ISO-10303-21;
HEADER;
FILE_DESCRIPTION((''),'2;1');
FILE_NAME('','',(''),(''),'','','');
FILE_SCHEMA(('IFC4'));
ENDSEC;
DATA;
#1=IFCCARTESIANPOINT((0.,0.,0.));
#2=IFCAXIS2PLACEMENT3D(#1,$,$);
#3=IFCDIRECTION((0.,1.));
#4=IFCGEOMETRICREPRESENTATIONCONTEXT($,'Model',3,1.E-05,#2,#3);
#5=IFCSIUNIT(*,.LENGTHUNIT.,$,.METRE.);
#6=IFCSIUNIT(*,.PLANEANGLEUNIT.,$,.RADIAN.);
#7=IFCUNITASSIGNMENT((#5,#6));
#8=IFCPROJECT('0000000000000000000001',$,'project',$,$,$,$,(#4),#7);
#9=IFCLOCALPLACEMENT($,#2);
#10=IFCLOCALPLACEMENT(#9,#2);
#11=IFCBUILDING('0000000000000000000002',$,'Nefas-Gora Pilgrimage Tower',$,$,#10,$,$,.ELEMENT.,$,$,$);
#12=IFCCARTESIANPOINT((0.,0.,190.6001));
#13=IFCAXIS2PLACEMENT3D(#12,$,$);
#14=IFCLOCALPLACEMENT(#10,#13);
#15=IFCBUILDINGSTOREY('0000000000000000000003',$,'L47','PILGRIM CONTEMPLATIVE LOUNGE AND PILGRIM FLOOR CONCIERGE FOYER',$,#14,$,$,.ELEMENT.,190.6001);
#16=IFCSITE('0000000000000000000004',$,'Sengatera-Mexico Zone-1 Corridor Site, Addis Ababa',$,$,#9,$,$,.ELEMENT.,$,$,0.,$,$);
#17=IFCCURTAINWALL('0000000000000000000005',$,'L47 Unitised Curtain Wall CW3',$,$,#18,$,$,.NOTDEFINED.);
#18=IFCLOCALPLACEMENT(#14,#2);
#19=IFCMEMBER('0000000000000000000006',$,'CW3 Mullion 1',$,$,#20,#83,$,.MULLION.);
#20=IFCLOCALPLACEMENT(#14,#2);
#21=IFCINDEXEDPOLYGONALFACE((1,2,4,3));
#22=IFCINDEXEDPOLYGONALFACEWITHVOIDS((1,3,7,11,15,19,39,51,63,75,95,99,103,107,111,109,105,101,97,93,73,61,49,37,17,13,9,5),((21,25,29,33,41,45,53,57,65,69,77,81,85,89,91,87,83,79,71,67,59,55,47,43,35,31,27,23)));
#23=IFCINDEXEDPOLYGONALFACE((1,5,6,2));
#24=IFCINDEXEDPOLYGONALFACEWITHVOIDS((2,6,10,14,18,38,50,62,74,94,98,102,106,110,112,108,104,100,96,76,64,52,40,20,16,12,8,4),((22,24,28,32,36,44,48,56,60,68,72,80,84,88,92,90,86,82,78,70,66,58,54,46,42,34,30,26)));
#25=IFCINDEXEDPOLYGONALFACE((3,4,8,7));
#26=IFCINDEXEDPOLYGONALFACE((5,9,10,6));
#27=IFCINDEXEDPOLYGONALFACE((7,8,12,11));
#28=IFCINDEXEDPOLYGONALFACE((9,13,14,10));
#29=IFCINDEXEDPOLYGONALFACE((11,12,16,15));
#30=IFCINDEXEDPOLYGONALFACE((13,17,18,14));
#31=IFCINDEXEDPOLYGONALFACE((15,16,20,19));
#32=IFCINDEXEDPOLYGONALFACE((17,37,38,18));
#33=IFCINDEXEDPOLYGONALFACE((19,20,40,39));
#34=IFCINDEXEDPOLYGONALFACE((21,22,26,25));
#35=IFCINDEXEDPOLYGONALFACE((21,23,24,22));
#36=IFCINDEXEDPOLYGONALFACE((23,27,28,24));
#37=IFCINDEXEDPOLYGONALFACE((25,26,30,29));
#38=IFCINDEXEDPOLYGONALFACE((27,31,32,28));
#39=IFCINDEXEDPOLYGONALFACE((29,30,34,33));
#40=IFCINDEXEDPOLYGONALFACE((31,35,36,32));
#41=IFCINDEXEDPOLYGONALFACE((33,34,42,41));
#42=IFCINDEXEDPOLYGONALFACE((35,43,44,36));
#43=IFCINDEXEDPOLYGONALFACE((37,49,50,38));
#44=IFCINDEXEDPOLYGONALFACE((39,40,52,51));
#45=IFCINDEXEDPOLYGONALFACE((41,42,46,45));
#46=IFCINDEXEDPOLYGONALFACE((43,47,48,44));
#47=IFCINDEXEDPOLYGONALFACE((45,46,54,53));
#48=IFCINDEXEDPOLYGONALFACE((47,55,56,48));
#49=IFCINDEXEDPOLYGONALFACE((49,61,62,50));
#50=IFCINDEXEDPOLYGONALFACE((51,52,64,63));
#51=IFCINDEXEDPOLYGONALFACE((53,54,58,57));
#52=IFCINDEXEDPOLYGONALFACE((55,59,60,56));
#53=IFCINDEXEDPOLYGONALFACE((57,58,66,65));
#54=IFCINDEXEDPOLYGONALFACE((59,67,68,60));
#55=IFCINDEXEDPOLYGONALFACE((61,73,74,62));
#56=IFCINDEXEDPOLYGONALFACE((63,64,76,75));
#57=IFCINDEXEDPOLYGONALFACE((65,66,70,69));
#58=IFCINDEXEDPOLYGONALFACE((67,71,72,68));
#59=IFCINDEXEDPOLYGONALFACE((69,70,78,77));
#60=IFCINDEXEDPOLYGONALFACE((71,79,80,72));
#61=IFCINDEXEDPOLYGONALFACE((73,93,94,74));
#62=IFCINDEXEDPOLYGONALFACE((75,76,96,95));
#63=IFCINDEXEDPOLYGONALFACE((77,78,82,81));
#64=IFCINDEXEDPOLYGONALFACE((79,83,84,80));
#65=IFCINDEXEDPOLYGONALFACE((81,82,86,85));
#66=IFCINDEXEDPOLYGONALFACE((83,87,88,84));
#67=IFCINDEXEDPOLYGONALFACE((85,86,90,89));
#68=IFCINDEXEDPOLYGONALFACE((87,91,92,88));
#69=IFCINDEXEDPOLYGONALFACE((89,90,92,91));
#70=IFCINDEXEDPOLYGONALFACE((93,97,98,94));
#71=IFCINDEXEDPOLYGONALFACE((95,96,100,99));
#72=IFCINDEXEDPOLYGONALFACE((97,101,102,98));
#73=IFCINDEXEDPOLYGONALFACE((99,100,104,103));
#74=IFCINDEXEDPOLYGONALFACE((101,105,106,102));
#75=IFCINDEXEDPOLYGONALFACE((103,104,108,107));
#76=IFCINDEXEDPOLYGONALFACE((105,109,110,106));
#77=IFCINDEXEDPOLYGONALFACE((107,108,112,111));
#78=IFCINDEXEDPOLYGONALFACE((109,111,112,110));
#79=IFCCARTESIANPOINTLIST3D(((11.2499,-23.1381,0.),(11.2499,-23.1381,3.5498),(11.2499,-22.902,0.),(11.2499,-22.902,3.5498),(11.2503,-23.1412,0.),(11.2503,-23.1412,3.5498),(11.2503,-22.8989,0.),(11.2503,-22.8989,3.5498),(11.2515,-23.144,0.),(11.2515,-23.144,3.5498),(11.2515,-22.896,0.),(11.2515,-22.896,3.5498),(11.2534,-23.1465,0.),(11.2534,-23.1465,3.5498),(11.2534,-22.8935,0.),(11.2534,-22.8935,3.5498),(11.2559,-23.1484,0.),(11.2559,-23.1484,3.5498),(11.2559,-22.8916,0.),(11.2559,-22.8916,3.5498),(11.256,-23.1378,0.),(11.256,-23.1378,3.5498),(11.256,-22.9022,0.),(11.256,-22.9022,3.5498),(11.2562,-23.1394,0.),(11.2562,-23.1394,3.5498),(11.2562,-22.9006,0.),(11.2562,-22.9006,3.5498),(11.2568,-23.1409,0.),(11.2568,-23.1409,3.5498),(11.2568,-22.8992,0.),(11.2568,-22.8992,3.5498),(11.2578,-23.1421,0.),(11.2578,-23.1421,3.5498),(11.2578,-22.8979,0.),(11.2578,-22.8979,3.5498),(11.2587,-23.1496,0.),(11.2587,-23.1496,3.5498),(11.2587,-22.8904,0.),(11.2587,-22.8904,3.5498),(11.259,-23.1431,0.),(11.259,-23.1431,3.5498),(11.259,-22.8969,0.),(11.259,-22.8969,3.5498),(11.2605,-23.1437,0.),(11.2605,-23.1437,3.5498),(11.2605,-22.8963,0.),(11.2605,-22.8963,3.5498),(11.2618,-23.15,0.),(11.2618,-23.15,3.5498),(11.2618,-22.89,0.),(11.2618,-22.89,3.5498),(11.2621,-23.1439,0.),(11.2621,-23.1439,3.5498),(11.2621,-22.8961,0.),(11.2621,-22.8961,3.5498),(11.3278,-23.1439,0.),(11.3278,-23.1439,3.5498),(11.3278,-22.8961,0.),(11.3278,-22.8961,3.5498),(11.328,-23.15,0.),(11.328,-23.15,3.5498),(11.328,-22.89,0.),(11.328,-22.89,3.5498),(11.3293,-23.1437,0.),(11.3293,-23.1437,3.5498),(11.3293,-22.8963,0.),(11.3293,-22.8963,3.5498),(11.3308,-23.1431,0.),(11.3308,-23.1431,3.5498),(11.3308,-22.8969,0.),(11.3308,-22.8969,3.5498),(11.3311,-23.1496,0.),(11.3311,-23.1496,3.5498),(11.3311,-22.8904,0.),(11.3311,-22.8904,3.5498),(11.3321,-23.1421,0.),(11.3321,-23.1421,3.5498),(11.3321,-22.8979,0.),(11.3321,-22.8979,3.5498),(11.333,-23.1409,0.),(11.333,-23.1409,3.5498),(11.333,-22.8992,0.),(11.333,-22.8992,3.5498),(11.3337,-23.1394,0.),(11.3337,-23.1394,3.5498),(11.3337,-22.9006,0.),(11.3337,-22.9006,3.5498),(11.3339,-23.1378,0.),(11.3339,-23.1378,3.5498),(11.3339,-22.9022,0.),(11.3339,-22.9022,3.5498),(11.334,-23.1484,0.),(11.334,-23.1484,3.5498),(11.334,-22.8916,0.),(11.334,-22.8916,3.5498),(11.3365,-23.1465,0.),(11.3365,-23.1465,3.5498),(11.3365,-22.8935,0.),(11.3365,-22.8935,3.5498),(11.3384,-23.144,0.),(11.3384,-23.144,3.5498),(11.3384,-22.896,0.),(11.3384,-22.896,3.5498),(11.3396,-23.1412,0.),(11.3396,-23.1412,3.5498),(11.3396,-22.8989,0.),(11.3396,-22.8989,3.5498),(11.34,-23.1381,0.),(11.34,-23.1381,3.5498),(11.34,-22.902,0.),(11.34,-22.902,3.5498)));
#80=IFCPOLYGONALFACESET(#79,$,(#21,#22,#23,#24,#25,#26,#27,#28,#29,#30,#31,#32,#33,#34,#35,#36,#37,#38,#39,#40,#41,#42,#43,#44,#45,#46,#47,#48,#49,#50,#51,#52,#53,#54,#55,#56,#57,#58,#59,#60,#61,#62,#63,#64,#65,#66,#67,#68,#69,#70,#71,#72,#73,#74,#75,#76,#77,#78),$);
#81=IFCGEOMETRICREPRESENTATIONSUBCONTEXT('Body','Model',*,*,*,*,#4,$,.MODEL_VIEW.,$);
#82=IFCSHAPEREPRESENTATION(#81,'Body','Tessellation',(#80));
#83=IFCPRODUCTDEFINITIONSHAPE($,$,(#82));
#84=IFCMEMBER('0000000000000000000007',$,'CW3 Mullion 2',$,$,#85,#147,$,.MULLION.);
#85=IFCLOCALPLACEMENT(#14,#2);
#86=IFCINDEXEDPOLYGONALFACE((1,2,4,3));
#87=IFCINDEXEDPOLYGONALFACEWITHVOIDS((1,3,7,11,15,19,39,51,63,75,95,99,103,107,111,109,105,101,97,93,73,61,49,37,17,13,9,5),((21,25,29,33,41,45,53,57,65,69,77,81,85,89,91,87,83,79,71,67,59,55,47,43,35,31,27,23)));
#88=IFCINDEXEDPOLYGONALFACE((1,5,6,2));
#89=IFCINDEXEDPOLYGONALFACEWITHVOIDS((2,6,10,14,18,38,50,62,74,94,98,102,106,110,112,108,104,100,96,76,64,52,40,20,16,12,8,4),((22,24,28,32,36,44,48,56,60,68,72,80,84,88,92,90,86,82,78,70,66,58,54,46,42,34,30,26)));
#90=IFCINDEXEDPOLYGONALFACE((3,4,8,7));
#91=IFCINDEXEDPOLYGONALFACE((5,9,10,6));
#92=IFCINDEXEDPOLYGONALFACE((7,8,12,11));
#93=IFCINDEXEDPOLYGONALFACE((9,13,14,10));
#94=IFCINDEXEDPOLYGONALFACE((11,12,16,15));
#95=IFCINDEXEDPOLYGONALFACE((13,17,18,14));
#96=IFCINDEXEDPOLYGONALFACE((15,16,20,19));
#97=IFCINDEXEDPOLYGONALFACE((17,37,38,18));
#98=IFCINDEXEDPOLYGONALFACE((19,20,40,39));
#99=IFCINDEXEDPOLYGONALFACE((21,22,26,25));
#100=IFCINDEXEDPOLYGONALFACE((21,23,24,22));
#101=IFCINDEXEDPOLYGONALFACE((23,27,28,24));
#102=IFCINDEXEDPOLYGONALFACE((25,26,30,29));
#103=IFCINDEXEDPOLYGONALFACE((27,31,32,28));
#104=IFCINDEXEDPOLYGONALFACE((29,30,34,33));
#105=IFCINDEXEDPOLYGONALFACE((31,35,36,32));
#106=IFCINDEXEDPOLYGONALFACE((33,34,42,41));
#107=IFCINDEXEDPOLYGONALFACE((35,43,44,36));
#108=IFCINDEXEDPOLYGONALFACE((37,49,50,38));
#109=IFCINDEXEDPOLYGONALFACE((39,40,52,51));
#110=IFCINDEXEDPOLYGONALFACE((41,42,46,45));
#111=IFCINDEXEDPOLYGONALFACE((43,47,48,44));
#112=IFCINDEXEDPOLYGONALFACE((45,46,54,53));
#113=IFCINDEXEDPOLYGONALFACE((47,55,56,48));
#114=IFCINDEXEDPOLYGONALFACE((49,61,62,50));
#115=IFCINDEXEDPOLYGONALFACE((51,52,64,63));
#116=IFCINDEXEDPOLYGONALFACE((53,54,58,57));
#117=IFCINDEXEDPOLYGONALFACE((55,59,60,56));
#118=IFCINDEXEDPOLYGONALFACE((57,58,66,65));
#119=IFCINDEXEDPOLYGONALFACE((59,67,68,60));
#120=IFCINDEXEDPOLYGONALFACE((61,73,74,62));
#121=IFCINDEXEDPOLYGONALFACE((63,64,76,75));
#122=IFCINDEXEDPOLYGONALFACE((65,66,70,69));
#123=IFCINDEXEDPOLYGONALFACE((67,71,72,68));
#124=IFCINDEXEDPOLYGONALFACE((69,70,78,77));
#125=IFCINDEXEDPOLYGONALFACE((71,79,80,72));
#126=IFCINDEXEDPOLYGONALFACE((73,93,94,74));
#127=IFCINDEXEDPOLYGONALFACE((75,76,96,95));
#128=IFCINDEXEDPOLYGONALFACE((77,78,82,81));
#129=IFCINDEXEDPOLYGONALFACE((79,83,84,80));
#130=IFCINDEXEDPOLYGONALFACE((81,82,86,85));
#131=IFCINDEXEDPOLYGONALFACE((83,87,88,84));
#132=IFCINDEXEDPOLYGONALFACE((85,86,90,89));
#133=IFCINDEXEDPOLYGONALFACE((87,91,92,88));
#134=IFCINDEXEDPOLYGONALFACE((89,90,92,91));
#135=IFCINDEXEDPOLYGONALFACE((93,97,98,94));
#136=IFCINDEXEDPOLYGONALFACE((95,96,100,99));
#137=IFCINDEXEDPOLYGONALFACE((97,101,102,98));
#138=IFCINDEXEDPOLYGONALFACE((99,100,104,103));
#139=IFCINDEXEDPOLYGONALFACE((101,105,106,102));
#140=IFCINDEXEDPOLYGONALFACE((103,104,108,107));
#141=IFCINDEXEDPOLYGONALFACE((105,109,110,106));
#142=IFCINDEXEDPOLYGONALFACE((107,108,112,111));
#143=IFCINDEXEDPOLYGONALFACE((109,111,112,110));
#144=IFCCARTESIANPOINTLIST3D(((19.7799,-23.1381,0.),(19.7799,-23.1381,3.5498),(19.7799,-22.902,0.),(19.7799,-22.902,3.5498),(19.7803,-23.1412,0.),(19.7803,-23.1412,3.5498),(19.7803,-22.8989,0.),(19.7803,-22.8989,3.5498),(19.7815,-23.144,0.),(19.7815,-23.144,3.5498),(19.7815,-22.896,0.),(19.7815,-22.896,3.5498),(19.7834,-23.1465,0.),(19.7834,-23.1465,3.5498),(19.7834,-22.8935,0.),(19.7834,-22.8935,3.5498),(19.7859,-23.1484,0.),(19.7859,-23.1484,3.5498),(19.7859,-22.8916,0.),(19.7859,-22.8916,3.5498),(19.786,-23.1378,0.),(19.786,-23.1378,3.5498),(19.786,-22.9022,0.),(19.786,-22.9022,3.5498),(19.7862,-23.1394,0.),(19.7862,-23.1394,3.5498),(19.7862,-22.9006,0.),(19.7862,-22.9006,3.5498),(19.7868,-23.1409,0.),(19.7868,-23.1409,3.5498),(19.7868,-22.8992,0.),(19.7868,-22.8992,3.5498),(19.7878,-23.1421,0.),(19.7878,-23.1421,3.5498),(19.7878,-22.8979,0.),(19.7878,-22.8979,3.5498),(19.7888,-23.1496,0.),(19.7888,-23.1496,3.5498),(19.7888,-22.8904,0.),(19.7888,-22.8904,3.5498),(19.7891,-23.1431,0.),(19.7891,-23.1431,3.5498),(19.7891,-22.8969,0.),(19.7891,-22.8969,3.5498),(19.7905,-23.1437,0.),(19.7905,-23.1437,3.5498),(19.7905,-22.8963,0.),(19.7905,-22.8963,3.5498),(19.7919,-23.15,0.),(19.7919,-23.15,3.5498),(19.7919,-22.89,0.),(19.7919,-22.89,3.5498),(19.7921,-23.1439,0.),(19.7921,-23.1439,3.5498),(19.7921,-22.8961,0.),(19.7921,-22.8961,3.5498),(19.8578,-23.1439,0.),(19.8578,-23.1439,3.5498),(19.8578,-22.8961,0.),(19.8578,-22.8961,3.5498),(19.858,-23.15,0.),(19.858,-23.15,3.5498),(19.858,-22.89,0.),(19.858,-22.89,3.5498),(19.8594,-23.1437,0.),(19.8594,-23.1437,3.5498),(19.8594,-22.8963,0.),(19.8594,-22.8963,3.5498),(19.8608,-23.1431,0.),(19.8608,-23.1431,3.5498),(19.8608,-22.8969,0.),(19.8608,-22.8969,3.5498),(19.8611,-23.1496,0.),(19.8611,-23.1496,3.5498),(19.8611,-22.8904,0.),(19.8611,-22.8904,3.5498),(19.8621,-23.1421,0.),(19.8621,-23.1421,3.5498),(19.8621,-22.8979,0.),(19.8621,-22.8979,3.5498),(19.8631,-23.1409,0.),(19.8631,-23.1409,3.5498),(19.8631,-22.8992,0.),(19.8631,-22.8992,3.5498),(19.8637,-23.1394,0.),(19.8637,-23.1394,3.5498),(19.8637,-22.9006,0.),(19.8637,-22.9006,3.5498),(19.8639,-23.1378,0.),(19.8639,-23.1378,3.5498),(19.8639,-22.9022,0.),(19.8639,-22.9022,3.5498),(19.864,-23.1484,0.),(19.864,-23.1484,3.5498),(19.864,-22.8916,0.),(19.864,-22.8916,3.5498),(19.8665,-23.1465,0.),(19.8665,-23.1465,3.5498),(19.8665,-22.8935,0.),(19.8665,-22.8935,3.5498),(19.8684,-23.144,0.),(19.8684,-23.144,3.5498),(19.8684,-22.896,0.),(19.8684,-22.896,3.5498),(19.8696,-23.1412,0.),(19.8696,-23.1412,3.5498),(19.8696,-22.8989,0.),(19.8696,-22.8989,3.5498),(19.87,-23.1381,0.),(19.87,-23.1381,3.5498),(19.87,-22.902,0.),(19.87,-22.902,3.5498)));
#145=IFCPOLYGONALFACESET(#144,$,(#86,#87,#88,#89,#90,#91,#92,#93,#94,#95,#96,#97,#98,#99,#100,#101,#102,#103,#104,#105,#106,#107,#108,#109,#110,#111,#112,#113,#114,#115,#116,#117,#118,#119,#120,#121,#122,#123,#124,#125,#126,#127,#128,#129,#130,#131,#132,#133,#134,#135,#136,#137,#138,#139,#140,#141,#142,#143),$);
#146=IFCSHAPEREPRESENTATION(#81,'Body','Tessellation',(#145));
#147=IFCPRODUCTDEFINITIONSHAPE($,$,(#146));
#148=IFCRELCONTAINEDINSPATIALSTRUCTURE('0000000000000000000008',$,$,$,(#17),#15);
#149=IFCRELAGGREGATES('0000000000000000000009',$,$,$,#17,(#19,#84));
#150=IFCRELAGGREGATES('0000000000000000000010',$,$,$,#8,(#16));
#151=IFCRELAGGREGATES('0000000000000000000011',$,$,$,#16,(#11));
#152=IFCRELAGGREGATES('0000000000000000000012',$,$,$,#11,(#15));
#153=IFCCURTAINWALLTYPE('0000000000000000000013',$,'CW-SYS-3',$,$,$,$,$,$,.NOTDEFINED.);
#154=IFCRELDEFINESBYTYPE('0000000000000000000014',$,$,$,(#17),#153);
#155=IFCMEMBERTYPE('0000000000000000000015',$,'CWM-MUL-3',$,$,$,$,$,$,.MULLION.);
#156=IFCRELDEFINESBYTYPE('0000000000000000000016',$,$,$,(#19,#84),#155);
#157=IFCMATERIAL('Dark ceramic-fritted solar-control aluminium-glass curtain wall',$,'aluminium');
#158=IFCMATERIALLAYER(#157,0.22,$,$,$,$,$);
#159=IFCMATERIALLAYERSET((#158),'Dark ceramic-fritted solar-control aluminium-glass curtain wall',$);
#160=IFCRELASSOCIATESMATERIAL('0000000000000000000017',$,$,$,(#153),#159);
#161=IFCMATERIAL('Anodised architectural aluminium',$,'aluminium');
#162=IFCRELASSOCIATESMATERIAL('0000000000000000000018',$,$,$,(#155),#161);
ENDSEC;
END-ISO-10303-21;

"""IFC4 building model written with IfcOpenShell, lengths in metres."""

from ifc_helpers import new_model, si_unit, direction, frame, origin, origin_2d, place, context, subcontext, project, spatial, hollow_rectangle, extrude, source, transform, mapped, material, layer, layer_set, material_profile, profile_set, type_object, element, aggregate, save


model = new_model("IFC4")

# Units and contexts
model_context = context("Model", 3, precision=1e-05, world=origin(), true_north=direction((0.0, 1.0)))
body_context = subcontext(model_context, "Body", "Model", "MODEL_VIEW")
ifc_project = project(units=[si_unit("LENGTHUNIT", "METRE"), si_unit("PLANEANGLEUNIT", "RADIAN")], contexts=[model_context])

# Site, building, storey
site_placement = place(None, origin())
site = spatial("IfcSite", under=ifc_project, at=site_placement, Name="Sengatera-Mexico Zone-1 Corridor Site, Addis Ababa", CompositionType="ELEMENT", RefElevation=0.0)
building_placement = place(site_placement, origin())
building = spatial("IfcBuilding", under=site, at=building_placement, Name="Nefas-Gora Pilgrimage Tower", CompositionType="ELEMENT")
storey_placement = place(building_placement, frame((0.0, 0.0, 190.6001)))
storey = spatial("IfcBuildingStorey", under=building, at=storey_placement, Name="L47", Description="PILGRIM CONTEMPLATIVE LOUNGE AND PILGRIM FLOOR CONCIERGE FOYER", CompositionType="ELEMENT", Elevation=190.6001)

# Shared definitions
ifc_material_1 = material(Name="Dark ceramic-fritted solar-control aluminium-glass curtain wall", Category="aluminium")
ifc_material_2 = material(Name="Anodised architectural aluminium", Category="aluminium")

# Curtain wall, members
ifc_layer_1 = layer(ifc_material_1, 0.22)
ifc_layer_set_1 = layer_set([ifc_layer_1], Name="Dark ceramic-fritted solar-control aluminium-glass curtain wall")
curtain_wall_type_1 = type_object("IfcCurtainWallType", Name="CW-SYS-3", PredefinedType="NOTDEFINED", material=ifc_layer_set_1)
curtain_wall_1_placement = place(storey_placement, origin())
curtain_wall_1 = element("IfcCurtainWall", 1, at=curtain_wall_1_placement, inside=storey, type_object=curtain_wall_type_1, Name="L47 Unitised Curtain Wall CW3", PredefinedType="NOTDEFINED")
ifc_material_profile_1 = material_profile(ifc_material_2, hollow_rectangle(XDim=0.0901, YDim=0.26, WallThickness=0.0061, InnerFilletRadius=0.0061, OuterFilletRadius=0.012, at=origin_2d()), Name="ALU MULLION 90x260")
ifc_profile_set_1 = profile_set([ifc_material_profile_1], Name="Anodised architectural aluminium")
member_type_1 = type_object("IfcMemberType", Name="CWM-MUL-3", PredefinedType="MULLION", material=ifc_profile_set_1)
shared_shape_1 = source(origin(), body_context, "Body", "SweptSolid", [
    extrude(hollow_rectangle(XDim=0.0901, YDim=0.26, WallThickness=0.0061, InnerFilletRadius=0.0061, OuterFilletRadius=0.012, at=origin_2d()), origin(), (0.0, 0.0, 1.0), 3.5498),
])
member_1_placement = place(storey_placement, frame((11.2949, -23.02, 0.0), z_axis=(0.0, 0.0, 1.0), x_axis=(1.0, 0.0, 0.0)))
member_1 = element("IfcMember", 2, at=member_1_placement, type_object=member_type_1, Name="CW3 Mullion 1", PredefinedType="MULLION", context=body_context, shape_type="MappedRepresentation", body=[
    mapped(shared_shape_1, transform((0.0, 0.0, 0.0), x_axis=(1.0, 0.0, 0.0), y_axis=(0.0, 1.0, 0.0), z_axis=(0.0, 0.0, 1.0), scale=1.0)),
])
member_2_placement = place(storey_placement, frame((19.825, -23.02, 0.0), z_axis=(0.0, 0.0, 1.0), x_axis=(1.0, 0.0, 0.0)))
member_2 = element("IfcMember", 3, at=member_2_placement, type_object=member_type_1, Name="CW3 Mullion 2", PredefinedType="MULLION", context=body_context, shape_type="MappedRepresentation", body=[
    mapped(shared_shape_1, transform((0.0, 0.0, 0.0), x_axis=(1.0, 0.0, 0.0), y_axis=(0.0, 1.0, 0.0), z_axis=(0.0, 0.0, 1.0), scale=1.0)),
])

aggregate(curtain_wall_1, [member_1, member_2])

save(model, "model.ifc")
